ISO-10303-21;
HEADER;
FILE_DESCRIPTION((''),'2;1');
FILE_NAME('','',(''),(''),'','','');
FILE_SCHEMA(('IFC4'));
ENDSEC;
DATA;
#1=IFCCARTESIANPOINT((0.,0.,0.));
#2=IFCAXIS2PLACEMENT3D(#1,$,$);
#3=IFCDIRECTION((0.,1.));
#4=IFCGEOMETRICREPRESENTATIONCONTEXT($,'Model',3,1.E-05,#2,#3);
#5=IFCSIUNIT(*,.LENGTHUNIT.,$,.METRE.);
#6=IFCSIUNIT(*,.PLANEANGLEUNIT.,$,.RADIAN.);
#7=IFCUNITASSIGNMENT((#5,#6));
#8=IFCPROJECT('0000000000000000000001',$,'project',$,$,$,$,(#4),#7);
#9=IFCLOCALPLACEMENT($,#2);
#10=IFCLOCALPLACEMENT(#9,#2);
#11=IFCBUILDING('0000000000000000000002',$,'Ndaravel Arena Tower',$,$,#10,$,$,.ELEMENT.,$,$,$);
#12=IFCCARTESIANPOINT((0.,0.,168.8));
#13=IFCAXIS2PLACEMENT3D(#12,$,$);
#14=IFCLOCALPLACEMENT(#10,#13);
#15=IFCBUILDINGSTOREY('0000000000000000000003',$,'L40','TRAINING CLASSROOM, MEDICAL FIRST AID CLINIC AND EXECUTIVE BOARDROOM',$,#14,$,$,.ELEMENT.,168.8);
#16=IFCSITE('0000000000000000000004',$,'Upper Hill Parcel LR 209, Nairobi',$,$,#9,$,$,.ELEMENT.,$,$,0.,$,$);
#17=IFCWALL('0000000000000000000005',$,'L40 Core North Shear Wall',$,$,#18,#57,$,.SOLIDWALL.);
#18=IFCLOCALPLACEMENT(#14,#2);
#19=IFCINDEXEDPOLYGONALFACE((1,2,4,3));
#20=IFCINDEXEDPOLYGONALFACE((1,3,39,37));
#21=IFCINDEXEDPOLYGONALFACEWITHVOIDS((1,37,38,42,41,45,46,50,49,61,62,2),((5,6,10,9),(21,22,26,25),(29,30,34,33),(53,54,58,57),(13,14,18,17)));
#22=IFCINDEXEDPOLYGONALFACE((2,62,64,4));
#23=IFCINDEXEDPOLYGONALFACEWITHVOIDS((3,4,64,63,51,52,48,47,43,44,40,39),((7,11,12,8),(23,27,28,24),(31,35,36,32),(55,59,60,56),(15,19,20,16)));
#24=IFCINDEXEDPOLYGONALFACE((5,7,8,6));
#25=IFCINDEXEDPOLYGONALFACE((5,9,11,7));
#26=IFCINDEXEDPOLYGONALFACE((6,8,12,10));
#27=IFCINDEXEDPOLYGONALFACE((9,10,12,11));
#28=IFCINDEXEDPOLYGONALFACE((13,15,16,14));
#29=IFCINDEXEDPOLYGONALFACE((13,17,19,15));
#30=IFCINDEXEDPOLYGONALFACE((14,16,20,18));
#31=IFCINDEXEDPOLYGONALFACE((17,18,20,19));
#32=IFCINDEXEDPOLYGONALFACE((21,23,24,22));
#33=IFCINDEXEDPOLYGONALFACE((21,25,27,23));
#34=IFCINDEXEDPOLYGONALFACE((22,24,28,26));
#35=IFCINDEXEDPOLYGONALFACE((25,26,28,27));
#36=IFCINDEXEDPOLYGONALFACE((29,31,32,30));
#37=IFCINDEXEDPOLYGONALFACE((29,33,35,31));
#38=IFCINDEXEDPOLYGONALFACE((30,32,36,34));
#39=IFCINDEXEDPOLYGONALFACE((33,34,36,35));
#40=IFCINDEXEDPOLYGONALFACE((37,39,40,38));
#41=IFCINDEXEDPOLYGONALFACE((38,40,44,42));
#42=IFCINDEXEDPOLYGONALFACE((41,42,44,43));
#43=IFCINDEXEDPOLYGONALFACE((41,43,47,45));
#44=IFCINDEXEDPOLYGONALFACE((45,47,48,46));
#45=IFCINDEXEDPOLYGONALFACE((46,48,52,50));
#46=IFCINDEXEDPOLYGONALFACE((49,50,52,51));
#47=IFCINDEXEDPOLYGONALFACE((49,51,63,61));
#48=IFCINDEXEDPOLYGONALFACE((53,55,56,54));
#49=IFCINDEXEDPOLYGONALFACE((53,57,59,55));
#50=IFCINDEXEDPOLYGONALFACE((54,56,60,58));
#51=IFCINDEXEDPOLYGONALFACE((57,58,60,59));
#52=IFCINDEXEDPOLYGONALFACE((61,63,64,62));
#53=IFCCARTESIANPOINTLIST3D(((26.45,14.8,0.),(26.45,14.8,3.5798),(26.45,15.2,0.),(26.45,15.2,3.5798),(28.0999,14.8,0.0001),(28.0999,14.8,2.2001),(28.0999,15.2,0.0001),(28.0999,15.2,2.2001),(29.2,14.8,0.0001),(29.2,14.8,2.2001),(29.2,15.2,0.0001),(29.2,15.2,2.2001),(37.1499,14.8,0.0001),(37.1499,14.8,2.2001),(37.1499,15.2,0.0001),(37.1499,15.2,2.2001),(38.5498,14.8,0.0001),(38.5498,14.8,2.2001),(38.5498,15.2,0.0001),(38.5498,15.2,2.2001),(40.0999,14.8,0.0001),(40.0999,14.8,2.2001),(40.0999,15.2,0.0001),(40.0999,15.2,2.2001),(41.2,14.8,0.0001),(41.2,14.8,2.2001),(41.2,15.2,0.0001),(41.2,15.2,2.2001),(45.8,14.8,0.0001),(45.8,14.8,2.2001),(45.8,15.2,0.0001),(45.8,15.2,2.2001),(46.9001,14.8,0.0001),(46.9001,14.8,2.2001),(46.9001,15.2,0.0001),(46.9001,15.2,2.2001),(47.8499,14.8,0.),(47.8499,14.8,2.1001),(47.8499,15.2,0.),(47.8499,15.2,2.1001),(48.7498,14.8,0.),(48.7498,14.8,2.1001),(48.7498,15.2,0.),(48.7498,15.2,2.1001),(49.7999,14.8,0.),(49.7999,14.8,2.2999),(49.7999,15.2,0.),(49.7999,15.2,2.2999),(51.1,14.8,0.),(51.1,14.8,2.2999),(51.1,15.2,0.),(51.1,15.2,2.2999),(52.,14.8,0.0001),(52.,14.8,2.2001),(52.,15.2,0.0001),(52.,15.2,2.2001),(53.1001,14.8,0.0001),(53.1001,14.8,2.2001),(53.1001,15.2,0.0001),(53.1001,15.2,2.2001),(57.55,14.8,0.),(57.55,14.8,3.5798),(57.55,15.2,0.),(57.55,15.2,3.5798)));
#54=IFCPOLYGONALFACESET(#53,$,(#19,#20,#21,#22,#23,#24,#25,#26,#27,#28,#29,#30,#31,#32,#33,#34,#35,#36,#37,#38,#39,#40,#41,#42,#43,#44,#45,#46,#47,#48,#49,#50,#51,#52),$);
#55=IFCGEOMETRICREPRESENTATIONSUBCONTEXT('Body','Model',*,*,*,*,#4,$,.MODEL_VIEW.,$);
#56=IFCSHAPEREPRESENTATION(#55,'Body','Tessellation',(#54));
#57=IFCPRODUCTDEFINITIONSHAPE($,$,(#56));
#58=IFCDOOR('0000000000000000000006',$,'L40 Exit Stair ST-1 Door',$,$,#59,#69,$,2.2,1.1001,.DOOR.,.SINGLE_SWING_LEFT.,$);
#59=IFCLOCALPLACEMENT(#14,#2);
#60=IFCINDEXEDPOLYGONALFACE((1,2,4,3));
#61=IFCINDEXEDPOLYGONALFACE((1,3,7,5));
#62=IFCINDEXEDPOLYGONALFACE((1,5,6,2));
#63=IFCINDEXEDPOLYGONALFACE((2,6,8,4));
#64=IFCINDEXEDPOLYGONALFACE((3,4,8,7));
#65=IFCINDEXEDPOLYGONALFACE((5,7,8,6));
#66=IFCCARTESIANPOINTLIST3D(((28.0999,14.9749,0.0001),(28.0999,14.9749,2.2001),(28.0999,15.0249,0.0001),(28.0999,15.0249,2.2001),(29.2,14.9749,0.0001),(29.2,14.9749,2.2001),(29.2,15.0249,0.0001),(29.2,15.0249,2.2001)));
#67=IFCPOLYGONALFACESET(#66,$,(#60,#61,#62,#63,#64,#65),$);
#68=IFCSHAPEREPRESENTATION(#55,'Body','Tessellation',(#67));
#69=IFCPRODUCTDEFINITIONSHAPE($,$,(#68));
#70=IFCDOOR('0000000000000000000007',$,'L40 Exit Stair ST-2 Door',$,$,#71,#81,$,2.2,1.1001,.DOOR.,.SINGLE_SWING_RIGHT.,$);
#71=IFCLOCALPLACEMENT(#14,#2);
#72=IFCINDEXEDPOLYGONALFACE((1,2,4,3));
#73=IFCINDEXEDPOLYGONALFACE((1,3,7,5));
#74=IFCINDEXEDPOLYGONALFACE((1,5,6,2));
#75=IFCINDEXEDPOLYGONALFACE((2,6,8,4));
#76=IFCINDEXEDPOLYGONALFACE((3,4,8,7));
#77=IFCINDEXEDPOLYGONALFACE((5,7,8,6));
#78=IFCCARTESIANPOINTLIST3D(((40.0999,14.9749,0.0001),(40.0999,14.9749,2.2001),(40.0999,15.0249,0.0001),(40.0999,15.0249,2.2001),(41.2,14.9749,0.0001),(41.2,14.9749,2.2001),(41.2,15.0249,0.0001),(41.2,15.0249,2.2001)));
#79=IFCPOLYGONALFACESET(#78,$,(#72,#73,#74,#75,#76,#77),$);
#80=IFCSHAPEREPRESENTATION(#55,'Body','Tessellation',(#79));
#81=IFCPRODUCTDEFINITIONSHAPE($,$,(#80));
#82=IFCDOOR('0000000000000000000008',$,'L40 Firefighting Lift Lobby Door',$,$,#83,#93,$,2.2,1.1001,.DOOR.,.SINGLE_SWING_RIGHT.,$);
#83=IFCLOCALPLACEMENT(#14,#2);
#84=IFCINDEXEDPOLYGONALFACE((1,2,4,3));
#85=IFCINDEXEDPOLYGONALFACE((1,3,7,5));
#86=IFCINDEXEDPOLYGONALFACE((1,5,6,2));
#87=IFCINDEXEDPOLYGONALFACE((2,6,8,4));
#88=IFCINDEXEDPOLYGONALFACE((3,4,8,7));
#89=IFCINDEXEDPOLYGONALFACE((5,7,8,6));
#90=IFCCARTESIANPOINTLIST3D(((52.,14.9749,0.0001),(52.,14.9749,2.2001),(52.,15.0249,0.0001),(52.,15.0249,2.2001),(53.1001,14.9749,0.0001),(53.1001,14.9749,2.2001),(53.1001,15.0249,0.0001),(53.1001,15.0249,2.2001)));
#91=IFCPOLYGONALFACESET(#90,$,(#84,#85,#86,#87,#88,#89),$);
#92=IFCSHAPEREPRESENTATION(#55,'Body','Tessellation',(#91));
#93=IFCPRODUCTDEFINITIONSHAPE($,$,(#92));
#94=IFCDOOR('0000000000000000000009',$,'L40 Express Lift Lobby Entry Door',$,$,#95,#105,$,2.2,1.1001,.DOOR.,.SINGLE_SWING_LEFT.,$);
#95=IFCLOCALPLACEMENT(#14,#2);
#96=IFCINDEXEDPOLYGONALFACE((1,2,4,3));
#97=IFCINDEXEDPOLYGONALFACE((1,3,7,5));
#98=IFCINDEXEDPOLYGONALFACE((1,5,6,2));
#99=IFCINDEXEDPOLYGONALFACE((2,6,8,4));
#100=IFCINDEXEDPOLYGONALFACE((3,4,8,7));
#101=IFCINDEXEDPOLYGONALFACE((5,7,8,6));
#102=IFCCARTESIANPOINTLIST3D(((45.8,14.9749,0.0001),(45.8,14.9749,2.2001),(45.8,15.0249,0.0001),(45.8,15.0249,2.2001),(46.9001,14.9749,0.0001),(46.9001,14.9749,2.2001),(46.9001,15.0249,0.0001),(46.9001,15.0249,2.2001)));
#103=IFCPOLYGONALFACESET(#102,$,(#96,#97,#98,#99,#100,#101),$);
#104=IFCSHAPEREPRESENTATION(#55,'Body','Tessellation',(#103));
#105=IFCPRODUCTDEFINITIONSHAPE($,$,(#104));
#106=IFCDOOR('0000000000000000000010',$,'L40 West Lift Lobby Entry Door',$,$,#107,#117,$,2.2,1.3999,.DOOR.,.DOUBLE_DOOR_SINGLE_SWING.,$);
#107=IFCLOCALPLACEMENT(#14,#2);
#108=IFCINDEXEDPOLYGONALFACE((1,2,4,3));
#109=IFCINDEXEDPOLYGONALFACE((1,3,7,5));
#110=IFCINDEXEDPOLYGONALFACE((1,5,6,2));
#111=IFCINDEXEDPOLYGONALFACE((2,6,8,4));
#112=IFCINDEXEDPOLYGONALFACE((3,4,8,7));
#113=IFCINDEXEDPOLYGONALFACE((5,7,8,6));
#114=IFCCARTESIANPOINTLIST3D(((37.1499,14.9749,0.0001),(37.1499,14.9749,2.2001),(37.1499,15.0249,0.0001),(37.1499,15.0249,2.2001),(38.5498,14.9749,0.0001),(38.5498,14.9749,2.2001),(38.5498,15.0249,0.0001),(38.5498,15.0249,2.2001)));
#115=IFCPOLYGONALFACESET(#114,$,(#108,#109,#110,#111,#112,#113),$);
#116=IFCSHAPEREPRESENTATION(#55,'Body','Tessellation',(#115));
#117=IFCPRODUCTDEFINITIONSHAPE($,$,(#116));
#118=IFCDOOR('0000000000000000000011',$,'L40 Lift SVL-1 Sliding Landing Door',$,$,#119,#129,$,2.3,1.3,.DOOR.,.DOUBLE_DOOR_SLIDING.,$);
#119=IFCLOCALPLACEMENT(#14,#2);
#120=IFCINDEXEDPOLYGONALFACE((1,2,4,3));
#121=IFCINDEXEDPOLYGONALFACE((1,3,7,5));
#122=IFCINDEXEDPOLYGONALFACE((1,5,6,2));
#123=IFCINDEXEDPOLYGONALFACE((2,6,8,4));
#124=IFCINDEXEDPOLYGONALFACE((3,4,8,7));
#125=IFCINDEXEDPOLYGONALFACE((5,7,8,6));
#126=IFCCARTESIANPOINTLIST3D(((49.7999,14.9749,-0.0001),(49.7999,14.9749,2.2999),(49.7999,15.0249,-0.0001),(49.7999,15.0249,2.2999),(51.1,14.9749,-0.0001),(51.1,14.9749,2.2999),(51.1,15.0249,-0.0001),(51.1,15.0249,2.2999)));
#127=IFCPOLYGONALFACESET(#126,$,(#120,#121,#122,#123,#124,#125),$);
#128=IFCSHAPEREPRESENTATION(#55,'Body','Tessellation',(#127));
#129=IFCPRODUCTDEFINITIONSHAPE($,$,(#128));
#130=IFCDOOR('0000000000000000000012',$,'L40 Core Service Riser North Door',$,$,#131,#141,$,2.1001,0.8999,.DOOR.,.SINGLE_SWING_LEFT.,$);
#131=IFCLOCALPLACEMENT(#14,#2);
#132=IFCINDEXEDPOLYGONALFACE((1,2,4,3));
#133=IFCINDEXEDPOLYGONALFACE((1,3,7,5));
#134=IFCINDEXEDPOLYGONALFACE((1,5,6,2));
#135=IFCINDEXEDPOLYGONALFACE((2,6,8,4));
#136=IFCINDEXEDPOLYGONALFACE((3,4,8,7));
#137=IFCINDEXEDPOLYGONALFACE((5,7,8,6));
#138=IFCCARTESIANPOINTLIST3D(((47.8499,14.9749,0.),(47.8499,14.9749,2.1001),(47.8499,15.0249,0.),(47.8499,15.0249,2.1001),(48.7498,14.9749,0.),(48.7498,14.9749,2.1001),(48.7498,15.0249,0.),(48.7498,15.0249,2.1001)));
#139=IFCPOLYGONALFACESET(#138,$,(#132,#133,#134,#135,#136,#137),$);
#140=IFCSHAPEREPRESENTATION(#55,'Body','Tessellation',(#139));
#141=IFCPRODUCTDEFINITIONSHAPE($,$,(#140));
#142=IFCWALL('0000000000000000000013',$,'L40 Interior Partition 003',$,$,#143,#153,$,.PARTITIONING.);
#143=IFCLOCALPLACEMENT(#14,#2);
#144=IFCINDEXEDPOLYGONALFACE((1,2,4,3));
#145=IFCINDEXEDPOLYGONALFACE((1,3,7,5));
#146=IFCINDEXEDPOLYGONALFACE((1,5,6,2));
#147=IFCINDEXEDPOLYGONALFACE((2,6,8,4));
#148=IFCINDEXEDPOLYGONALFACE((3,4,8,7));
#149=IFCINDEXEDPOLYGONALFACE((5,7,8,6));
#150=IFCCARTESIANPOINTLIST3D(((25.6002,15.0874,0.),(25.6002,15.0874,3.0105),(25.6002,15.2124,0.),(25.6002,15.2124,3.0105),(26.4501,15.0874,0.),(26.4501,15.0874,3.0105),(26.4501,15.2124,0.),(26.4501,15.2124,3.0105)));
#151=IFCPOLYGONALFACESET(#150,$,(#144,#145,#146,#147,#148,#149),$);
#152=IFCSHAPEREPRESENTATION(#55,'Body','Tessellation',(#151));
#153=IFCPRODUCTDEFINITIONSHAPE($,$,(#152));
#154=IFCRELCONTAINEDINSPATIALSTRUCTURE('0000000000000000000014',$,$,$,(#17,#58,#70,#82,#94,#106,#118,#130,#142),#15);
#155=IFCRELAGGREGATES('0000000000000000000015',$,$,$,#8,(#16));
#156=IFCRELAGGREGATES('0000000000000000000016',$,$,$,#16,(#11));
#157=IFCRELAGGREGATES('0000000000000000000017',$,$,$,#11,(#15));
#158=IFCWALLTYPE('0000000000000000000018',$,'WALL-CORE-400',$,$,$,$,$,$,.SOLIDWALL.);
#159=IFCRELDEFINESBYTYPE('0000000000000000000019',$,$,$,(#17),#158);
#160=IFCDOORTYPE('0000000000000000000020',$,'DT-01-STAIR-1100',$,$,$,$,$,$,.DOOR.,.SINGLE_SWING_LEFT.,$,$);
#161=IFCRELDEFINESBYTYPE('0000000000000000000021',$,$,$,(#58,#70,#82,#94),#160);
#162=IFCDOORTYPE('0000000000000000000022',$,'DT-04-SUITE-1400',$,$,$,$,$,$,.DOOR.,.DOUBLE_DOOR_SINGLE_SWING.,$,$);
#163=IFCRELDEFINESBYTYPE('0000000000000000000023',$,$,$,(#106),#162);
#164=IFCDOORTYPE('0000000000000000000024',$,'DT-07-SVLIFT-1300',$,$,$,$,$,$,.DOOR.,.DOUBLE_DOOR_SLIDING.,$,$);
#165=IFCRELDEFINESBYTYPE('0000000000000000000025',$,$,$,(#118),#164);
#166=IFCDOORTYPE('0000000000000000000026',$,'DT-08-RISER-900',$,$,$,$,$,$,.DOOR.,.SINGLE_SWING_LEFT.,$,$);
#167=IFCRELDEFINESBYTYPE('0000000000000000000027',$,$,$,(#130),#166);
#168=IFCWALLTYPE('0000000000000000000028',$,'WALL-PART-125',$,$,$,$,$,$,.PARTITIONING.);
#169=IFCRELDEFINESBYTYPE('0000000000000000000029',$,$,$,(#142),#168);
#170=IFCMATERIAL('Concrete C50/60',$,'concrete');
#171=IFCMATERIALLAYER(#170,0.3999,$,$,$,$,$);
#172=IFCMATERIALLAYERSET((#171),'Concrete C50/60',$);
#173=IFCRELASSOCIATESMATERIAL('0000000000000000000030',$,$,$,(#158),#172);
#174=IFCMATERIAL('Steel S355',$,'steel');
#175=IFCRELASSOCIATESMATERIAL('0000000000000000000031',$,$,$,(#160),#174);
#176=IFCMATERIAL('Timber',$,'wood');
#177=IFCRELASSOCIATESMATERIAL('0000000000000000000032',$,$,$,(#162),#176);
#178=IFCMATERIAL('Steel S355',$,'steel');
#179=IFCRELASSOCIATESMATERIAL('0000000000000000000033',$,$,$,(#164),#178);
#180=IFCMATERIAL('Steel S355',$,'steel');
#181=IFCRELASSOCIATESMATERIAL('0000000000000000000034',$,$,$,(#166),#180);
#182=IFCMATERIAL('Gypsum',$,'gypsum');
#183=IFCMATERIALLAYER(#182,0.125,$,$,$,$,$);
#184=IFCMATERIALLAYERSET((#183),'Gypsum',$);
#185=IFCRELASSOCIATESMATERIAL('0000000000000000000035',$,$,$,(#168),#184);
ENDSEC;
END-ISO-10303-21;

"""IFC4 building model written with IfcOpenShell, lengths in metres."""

from ifc_helpers import new_model, si_unit, direction, frame, frame_2d, origin, place, context, subcontext, project, spatial, rectangle, extrude, material, layer, layer_set, type_object, element, fill, save


model = new_model("IFC4")

# Units and contexts
model_context = context("Model", 3, precision=1e-05, world=origin(), true_north=direction((0.0, 1.0)))
body_context = subcontext(model_context, "Body", "Model", "MODEL_VIEW")
ifc_project = project(units=[si_unit("LENGTHUNIT", "METRE"), si_unit("PLANEANGLEUNIT", "RADIAN")], contexts=[model_context])

# Site, building, storey
site_placement = place(None, origin())
site = spatial("IfcSite", under=ifc_project, at=site_placement, Name="Upper Hill Parcel LR 209, Nairobi", CompositionType="ELEMENT", RefElevation=0.0)
building_placement = place(site_placement, origin())
building = spatial("IfcBuilding", under=site, at=building_placement, Name="Ndaravel Arena Tower", CompositionType="ELEMENT")
storey_placement = place(building_placement, frame((0.0, 0.0, 168.8)))
storey = spatial("IfcBuildingStorey", under=building, at=storey_placement, Name="L40", Description="TRAINING CLASSROOM, MEDICAL FIRST AID CLINIC AND EXECUTIVE BOARDROOM", CompositionType="ELEMENT", Elevation=168.8)

# Wall, openings, doors
ifc_material_1 = material(Name="Concrete C50/60", Category="concrete")
ifc_layer_1 = layer(ifc_material_1, 0.3999)
ifc_layer_set_1 = layer_set([ifc_layer_1], Name="Concrete C50/60")
wall_type_1 = type_object("IfcWallType", Name="WALL-CORE-400", PredefinedType="SOLIDWALL", material=ifc_layer_set_1)
wall_1_placement = place(storey_placement, frame((26.45, 15.0, 0.0), z_axis=(0.0, 0.0, 1.0), x_axis=(1.0, 0.0, 0.0)))
wall_1 = element("IfcWall", 1, at=wall_1_placement, inside=storey, type_object=wall_type_1, Name="L40 Core North Shear Wall", PredefinedType="SOLIDWALL", context=body_context, shape_type="SweptSolid", body=[
    extrude(rectangle(XDim=31.1001, YDim=0.3999, at=frame_2d((15.55, 0.0))), origin(), (0.0, 0.0, 1.0), 3.5798),
])
opening_1_placement = place(wall_1_placement, frame((1.6499, 0.0, 0.0)))
opening_1 = element("IfcOpeningElement", 2, at=opening_1_placement, cuts=wall_1, PredefinedType="OPENING", context=body_context, shape_type="SweptSolid", body=[
    extrude(rectangle(XDim=1.1001, YDim=2.2, at=frame_2d((0.55, 1.1001))), frame((0.0, 0.2, 0.0), z_axis=(0.0, -1.0, 0.0), x_axis=(1.0, 0.0, 0.0)), (0.0, 0.0, 1.0), 0.3999),
])
opening_2_placement = place(wall_1_placement, frame((13.6499, 0.0, 0.0)))
opening_2 = element("IfcOpeningElement", 3, at=opening_2_placement, cuts=wall_1, PredefinedType="OPENING", context=body_context, shape_type="SweptSolid", body=[
    extrude(rectangle(XDim=1.1001, YDim=2.2, at=frame_2d((0.55, 1.1001))), frame((0.0, 0.2, 0.0), z_axis=(0.0, -1.0, 0.0), x_axis=(1.0, 0.0, 0.0)), (0.0, 0.0, 1.0), 0.3999),
])
opening_3_placement = place(wall_1_placement, frame((25.55, 0.0, 0.0)))
opening_3 = element("IfcOpeningElement", 4, at=opening_3_placement, cuts=wall_1, PredefinedType="OPENING", context=body_context, shape_type="SweptSolid", body=[
    extrude(rectangle(XDim=1.1001, YDim=2.2, at=frame_2d((0.55, 1.1001))), frame((0.0, 0.2, 0.0), z_axis=(0.0, -1.0, 0.0), x_axis=(1.0, 0.0, 0.0)), (0.0, 0.0, 1.0), 0.3999),
])
opening_4_placement = place(wall_1_placement, frame((10.7, 0.0, 0.0)))
opening_4 = element("IfcOpeningElement", 5, at=opening_4_placement, cuts=wall_1, PredefinedType="OPENING", context=body_context, shape_type="SweptSolid", body=[
    extrude(rectangle(XDim=1.3999, YDim=2.2, at=frame_2d((0.7, 1.1001))), frame((0.0, 0.2, 0.0), z_axis=(0.0, -1.0, 0.0), x_axis=(1.0, 0.0, 0.0)), (0.0, 0.0, 1.0), 0.3999),
])
opening_5_placement = place(wall_1_placement, frame((19.3501, 0.0, 0.0)))
opening_5 = element("IfcOpeningElement", 6, at=opening_5_placement, cuts=wall_1, PredefinedType="OPENING", context=body_context, shape_type="SweptSolid", body=[
    extrude(rectangle(XDim=1.1001, YDim=2.2, at=frame_2d((0.55, 1.1001))), frame((0.0, 0.2, 0.0), z_axis=(0.0, -1.0, 0.0), x_axis=(1.0, 0.0, 0.0)), (0.0, 0.0, 1.0), 0.3999),
])
opening_6_placement = place(wall_1_placement, frame((21.3999, 0.0, 0.0)))
opening_6 = element("IfcOpeningElement", 7, at=opening_6_placement, cuts=wall_1, PredefinedType="OPENING", context=body_context, shape_type="SweptSolid", body=[
    extrude(rectangle(XDim=0.8999, YDim=2.1001, at=frame_2d((0.45, 1.05))), frame((0.0, 0.2, 0.0), z_axis=(0.0, -1.0, 0.0), x_axis=(1.0, 0.0, 0.0)), (0.0, 0.0, 1.0), 0.3999),
])
opening_7_placement = place(wall_1_placement, frame((23.3501, 0.0, 0.0)))
opening_7 = element("IfcOpeningElement", 8, at=opening_7_placement, cuts=wall_1, PredefinedType="OPENING", context=body_context, shape_type="SweptSolid", body=[
    extrude(rectangle(XDim=1.3, YDim=2.3, at=frame_2d((0.6499, 1.1499))), frame((0.0, 0.2, 0.0), z_axis=(0.0, -1.0, 0.0), x_axis=(1.0, 0.0, 0.0)), (0.0, 0.0, 1.0), 0.3999),
])
ifc_material_2 = material(Name="Steel S355", Category="steel")
door_type_1 = type_object("IfcDoorType", Name="DT-01-STAIR-1100", OperationType="SINGLE_SWING_LEFT", PredefinedType="DOOR", material=ifc_material_2)
door_1_placement = place(opening_1_placement, origin())
door_1 = element("IfcDoor", 9, at=door_1_placement, inside=storey, type_object=door_type_1, Name="L40 Exit Stair ST-1 Door", OperationType="SINGLE_SWING_LEFT", OverallHeight=2.2, OverallWidth=1.1001, PredefinedType="DOOR", context=body_context, shape_type="SweptSolid", body=[
    extrude(rectangle(XDim=1.1001, YDim=2.2, at=frame_2d((0.55, 1.1001))), frame((0.0, 0.0249, 0.0), z_axis=(0.0, -1.0, 0.0), x_axis=(1.0, 0.0, 0.0)), (0.0, 0.0, 1.0), 0.05),
])
fill(opening_1, door_1)
door_2_placement = place(opening_2_placement, origin())
door_2 = element("IfcDoor", 10, at=door_2_placement, inside=storey, type_object=door_type_1, Name="L40 Exit Stair ST-2 Door", OperationType="SINGLE_SWING_RIGHT", OverallHeight=2.2, OverallWidth=1.1001, PredefinedType="DOOR", context=body_context, shape_type="SweptSolid", body=[
    extrude(rectangle(XDim=1.1001, YDim=2.2, at=frame_2d((0.55, 1.1001))), frame((0.0, 0.0249, 0.0), z_axis=(0.0, -1.0, 0.0), x_axis=(1.0, 0.0, 0.0)), (0.0, 0.0, 1.0), 0.05),
])
fill(opening_2, door_2)
door_3_placement = place(opening_3_placement, origin())
door_3 = element("IfcDoor", 11, at=door_3_placement, inside=storey, type_object=door_type_1, Name="L40 Firefighting Lift Lobby Door", OperationType="SINGLE_SWING_RIGHT", OverallHeight=2.2, OverallWidth=1.1001, PredefinedType="DOOR", context=body_context, shape_type="SweptSolid", body=[
    extrude(rectangle(XDim=1.1001, YDim=2.2, at=frame_2d((0.55, 1.1001))), frame((0.0, 0.0249, 0.0), z_axis=(0.0, -1.0, 0.0), x_axis=(1.0, 0.0, 0.0)), (0.0, 0.0, 1.0), 0.05),
])
fill(opening_3, door_3)
door_4_placement = place(opening_5_placement, origin())
door_4 = element("IfcDoor", 12, at=door_4_placement, inside=storey, type_object=door_type_1, Name="L40 Express Lift Lobby Entry Door", OperationType="SINGLE_SWING_LEFT", OverallHeight=2.2, OverallWidth=1.1001, PredefinedType="DOOR", context=body_context, shape_type="SweptSolid", body=[
    extrude(rectangle(XDim=1.1001, YDim=2.2, at=frame_2d((0.55, 1.1001))), frame((0.0, 0.0249, 0.0), z_axis=(0.0, -1.0, 0.0), x_axis=(1.0, 0.0, 0.0)), (0.0, 0.0, 1.0), 0.05),
])
fill(opening_5, door_4)
ifc_material_3 = material(Name="Timber", Category="wood")
door_type_2 = type_object("IfcDoorType", Name="DT-04-SUITE-1400", OperationType="DOUBLE_DOOR_SINGLE_SWING", PredefinedType="DOOR", material=ifc_material_3)
door_5_placement = place(opening_4_placement, origin())
door_5 = element("IfcDoor", 13, at=door_5_placement, inside=storey, type_object=door_type_2, Name="L40 West Lift Lobby Entry Door", OperationType="DOUBLE_DOOR_SINGLE_SWING", OverallHeight=2.2, OverallWidth=1.3999, PredefinedType="DOOR", context=body_context, shape_type="SweptSolid", body=[
    extrude(rectangle(XDim=1.3999, YDim=2.2, at=frame_2d((0.7, 1.1001))), frame((0.0, 0.0249, 0.0), z_axis=(0.0, -1.0, 0.0), x_axis=(1.0, 0.0, 0.0)), (0.0, 0.0, 1.0), 0.05),
])
fill(opening_4, door_5)
ifc_material_4 = material(Name="Steel S355", Category="steel")
door_type_3 = type_object("IfcDoorType", Name="DT-07-SVLIFT-1300", OperationType="DOUBLE_DOOR_SLIDING", PredefinedType="DOOR", material=ifc_material_4)
door_6_placement = place(opening_7_placement, origin())
door_6 = element("IfcDoor", 14, at=door_6_placement, inside=storey, type_object=door_type_3, Name="L40 Lift SVL-1 Sliding Landing Door", OperationType="DOUBLE_DOOR_SLIDING", OverallHeight=2.3, OverallWidth=1.3, PredefinedType="DOOR", context=body_context, shape_type="SweptSolid", body=[
    extrude(rectangle(XDim=1.3, YDim=2.3, at=frame_2d((0.6499, 1.1499))), frame((0.0, 0.0249, 0.0), z_axis=(0.0, -1.0, 0.0), x_axis=(1.0, 0.0, 0.0)), (0.0, 0.0, 1.0), 0.05),
])
fill(opening_7, door_6)
ifc_material_5 = material(Name="Steel S355", Category="steel")
door_type_4 = type_object("IfcDoorType", Name="DT-08-RISER-900", OperationType="SINGLE_SWING_LEFT", PredefinedType="DOOR", material=ifc_material_5)
door_7_placement = place(opening_6_placement, origin())
door_7 = element("IfcDoor", 15, at=door_7_placement, inside=storey, type_object=door_type_4, Name="L40 Core Service Riser North Door", OperationType="SINGLE_SWING_LEFT", OverallHeight=2.1001, OverallWidth=0.8999, PredefinedType="DOOR", context=body_context, shape_type="SweptSolid", body=[
    extrude(rectangle(XDim=0.8999, YDim=2.1001, at=frame_2d((0.45, 1.05))), frame((0.0, 0.0249, 0.0), z_axis=(0.0, -1.0, 0.0), x_axis=(1.0, 0.0, 0.0)), (0.0, 0.0, 1.0), 0.05),
])
fill(opening_6, door_7)

# Wall
ifc_material_6 = material(Name="Gypsum", Category="gypsum")
ifc_layer_2 = layer(ifc_material_6, 0.125)
ifc_layer_set_2 = layer_set([ifc_layer_2], Name="Gypsum")
wall_type_2 = type_object("IfcWallType", Name="WALL-PART-125", PredefinedType="PARTITIONING", material=ifc_layer_set_2)
wall_2_placement = place(storey_placement, frame((26.45, 15.1499, 0.0), z_axis=(0.0, 0.0, 1.0), x_axis=(-1.0, 0.0, 0.0)))
element("IfcWall", 16, at=wall_2_placement, inside=storey, type_object=wall_type_2, Name="L40 Interior Partition 003", PredefinedType="PARTITIONING", context=body_context, shape_type="SweptSolid", body=[
    extrude(rectangle(XDim=0.8499, YDim=0.125, at=frame_2d((0.4248, 0.0))), origin(), (0.0, 0.0, 1.0), 3.0105),
])

save(model, "model.ifc")
